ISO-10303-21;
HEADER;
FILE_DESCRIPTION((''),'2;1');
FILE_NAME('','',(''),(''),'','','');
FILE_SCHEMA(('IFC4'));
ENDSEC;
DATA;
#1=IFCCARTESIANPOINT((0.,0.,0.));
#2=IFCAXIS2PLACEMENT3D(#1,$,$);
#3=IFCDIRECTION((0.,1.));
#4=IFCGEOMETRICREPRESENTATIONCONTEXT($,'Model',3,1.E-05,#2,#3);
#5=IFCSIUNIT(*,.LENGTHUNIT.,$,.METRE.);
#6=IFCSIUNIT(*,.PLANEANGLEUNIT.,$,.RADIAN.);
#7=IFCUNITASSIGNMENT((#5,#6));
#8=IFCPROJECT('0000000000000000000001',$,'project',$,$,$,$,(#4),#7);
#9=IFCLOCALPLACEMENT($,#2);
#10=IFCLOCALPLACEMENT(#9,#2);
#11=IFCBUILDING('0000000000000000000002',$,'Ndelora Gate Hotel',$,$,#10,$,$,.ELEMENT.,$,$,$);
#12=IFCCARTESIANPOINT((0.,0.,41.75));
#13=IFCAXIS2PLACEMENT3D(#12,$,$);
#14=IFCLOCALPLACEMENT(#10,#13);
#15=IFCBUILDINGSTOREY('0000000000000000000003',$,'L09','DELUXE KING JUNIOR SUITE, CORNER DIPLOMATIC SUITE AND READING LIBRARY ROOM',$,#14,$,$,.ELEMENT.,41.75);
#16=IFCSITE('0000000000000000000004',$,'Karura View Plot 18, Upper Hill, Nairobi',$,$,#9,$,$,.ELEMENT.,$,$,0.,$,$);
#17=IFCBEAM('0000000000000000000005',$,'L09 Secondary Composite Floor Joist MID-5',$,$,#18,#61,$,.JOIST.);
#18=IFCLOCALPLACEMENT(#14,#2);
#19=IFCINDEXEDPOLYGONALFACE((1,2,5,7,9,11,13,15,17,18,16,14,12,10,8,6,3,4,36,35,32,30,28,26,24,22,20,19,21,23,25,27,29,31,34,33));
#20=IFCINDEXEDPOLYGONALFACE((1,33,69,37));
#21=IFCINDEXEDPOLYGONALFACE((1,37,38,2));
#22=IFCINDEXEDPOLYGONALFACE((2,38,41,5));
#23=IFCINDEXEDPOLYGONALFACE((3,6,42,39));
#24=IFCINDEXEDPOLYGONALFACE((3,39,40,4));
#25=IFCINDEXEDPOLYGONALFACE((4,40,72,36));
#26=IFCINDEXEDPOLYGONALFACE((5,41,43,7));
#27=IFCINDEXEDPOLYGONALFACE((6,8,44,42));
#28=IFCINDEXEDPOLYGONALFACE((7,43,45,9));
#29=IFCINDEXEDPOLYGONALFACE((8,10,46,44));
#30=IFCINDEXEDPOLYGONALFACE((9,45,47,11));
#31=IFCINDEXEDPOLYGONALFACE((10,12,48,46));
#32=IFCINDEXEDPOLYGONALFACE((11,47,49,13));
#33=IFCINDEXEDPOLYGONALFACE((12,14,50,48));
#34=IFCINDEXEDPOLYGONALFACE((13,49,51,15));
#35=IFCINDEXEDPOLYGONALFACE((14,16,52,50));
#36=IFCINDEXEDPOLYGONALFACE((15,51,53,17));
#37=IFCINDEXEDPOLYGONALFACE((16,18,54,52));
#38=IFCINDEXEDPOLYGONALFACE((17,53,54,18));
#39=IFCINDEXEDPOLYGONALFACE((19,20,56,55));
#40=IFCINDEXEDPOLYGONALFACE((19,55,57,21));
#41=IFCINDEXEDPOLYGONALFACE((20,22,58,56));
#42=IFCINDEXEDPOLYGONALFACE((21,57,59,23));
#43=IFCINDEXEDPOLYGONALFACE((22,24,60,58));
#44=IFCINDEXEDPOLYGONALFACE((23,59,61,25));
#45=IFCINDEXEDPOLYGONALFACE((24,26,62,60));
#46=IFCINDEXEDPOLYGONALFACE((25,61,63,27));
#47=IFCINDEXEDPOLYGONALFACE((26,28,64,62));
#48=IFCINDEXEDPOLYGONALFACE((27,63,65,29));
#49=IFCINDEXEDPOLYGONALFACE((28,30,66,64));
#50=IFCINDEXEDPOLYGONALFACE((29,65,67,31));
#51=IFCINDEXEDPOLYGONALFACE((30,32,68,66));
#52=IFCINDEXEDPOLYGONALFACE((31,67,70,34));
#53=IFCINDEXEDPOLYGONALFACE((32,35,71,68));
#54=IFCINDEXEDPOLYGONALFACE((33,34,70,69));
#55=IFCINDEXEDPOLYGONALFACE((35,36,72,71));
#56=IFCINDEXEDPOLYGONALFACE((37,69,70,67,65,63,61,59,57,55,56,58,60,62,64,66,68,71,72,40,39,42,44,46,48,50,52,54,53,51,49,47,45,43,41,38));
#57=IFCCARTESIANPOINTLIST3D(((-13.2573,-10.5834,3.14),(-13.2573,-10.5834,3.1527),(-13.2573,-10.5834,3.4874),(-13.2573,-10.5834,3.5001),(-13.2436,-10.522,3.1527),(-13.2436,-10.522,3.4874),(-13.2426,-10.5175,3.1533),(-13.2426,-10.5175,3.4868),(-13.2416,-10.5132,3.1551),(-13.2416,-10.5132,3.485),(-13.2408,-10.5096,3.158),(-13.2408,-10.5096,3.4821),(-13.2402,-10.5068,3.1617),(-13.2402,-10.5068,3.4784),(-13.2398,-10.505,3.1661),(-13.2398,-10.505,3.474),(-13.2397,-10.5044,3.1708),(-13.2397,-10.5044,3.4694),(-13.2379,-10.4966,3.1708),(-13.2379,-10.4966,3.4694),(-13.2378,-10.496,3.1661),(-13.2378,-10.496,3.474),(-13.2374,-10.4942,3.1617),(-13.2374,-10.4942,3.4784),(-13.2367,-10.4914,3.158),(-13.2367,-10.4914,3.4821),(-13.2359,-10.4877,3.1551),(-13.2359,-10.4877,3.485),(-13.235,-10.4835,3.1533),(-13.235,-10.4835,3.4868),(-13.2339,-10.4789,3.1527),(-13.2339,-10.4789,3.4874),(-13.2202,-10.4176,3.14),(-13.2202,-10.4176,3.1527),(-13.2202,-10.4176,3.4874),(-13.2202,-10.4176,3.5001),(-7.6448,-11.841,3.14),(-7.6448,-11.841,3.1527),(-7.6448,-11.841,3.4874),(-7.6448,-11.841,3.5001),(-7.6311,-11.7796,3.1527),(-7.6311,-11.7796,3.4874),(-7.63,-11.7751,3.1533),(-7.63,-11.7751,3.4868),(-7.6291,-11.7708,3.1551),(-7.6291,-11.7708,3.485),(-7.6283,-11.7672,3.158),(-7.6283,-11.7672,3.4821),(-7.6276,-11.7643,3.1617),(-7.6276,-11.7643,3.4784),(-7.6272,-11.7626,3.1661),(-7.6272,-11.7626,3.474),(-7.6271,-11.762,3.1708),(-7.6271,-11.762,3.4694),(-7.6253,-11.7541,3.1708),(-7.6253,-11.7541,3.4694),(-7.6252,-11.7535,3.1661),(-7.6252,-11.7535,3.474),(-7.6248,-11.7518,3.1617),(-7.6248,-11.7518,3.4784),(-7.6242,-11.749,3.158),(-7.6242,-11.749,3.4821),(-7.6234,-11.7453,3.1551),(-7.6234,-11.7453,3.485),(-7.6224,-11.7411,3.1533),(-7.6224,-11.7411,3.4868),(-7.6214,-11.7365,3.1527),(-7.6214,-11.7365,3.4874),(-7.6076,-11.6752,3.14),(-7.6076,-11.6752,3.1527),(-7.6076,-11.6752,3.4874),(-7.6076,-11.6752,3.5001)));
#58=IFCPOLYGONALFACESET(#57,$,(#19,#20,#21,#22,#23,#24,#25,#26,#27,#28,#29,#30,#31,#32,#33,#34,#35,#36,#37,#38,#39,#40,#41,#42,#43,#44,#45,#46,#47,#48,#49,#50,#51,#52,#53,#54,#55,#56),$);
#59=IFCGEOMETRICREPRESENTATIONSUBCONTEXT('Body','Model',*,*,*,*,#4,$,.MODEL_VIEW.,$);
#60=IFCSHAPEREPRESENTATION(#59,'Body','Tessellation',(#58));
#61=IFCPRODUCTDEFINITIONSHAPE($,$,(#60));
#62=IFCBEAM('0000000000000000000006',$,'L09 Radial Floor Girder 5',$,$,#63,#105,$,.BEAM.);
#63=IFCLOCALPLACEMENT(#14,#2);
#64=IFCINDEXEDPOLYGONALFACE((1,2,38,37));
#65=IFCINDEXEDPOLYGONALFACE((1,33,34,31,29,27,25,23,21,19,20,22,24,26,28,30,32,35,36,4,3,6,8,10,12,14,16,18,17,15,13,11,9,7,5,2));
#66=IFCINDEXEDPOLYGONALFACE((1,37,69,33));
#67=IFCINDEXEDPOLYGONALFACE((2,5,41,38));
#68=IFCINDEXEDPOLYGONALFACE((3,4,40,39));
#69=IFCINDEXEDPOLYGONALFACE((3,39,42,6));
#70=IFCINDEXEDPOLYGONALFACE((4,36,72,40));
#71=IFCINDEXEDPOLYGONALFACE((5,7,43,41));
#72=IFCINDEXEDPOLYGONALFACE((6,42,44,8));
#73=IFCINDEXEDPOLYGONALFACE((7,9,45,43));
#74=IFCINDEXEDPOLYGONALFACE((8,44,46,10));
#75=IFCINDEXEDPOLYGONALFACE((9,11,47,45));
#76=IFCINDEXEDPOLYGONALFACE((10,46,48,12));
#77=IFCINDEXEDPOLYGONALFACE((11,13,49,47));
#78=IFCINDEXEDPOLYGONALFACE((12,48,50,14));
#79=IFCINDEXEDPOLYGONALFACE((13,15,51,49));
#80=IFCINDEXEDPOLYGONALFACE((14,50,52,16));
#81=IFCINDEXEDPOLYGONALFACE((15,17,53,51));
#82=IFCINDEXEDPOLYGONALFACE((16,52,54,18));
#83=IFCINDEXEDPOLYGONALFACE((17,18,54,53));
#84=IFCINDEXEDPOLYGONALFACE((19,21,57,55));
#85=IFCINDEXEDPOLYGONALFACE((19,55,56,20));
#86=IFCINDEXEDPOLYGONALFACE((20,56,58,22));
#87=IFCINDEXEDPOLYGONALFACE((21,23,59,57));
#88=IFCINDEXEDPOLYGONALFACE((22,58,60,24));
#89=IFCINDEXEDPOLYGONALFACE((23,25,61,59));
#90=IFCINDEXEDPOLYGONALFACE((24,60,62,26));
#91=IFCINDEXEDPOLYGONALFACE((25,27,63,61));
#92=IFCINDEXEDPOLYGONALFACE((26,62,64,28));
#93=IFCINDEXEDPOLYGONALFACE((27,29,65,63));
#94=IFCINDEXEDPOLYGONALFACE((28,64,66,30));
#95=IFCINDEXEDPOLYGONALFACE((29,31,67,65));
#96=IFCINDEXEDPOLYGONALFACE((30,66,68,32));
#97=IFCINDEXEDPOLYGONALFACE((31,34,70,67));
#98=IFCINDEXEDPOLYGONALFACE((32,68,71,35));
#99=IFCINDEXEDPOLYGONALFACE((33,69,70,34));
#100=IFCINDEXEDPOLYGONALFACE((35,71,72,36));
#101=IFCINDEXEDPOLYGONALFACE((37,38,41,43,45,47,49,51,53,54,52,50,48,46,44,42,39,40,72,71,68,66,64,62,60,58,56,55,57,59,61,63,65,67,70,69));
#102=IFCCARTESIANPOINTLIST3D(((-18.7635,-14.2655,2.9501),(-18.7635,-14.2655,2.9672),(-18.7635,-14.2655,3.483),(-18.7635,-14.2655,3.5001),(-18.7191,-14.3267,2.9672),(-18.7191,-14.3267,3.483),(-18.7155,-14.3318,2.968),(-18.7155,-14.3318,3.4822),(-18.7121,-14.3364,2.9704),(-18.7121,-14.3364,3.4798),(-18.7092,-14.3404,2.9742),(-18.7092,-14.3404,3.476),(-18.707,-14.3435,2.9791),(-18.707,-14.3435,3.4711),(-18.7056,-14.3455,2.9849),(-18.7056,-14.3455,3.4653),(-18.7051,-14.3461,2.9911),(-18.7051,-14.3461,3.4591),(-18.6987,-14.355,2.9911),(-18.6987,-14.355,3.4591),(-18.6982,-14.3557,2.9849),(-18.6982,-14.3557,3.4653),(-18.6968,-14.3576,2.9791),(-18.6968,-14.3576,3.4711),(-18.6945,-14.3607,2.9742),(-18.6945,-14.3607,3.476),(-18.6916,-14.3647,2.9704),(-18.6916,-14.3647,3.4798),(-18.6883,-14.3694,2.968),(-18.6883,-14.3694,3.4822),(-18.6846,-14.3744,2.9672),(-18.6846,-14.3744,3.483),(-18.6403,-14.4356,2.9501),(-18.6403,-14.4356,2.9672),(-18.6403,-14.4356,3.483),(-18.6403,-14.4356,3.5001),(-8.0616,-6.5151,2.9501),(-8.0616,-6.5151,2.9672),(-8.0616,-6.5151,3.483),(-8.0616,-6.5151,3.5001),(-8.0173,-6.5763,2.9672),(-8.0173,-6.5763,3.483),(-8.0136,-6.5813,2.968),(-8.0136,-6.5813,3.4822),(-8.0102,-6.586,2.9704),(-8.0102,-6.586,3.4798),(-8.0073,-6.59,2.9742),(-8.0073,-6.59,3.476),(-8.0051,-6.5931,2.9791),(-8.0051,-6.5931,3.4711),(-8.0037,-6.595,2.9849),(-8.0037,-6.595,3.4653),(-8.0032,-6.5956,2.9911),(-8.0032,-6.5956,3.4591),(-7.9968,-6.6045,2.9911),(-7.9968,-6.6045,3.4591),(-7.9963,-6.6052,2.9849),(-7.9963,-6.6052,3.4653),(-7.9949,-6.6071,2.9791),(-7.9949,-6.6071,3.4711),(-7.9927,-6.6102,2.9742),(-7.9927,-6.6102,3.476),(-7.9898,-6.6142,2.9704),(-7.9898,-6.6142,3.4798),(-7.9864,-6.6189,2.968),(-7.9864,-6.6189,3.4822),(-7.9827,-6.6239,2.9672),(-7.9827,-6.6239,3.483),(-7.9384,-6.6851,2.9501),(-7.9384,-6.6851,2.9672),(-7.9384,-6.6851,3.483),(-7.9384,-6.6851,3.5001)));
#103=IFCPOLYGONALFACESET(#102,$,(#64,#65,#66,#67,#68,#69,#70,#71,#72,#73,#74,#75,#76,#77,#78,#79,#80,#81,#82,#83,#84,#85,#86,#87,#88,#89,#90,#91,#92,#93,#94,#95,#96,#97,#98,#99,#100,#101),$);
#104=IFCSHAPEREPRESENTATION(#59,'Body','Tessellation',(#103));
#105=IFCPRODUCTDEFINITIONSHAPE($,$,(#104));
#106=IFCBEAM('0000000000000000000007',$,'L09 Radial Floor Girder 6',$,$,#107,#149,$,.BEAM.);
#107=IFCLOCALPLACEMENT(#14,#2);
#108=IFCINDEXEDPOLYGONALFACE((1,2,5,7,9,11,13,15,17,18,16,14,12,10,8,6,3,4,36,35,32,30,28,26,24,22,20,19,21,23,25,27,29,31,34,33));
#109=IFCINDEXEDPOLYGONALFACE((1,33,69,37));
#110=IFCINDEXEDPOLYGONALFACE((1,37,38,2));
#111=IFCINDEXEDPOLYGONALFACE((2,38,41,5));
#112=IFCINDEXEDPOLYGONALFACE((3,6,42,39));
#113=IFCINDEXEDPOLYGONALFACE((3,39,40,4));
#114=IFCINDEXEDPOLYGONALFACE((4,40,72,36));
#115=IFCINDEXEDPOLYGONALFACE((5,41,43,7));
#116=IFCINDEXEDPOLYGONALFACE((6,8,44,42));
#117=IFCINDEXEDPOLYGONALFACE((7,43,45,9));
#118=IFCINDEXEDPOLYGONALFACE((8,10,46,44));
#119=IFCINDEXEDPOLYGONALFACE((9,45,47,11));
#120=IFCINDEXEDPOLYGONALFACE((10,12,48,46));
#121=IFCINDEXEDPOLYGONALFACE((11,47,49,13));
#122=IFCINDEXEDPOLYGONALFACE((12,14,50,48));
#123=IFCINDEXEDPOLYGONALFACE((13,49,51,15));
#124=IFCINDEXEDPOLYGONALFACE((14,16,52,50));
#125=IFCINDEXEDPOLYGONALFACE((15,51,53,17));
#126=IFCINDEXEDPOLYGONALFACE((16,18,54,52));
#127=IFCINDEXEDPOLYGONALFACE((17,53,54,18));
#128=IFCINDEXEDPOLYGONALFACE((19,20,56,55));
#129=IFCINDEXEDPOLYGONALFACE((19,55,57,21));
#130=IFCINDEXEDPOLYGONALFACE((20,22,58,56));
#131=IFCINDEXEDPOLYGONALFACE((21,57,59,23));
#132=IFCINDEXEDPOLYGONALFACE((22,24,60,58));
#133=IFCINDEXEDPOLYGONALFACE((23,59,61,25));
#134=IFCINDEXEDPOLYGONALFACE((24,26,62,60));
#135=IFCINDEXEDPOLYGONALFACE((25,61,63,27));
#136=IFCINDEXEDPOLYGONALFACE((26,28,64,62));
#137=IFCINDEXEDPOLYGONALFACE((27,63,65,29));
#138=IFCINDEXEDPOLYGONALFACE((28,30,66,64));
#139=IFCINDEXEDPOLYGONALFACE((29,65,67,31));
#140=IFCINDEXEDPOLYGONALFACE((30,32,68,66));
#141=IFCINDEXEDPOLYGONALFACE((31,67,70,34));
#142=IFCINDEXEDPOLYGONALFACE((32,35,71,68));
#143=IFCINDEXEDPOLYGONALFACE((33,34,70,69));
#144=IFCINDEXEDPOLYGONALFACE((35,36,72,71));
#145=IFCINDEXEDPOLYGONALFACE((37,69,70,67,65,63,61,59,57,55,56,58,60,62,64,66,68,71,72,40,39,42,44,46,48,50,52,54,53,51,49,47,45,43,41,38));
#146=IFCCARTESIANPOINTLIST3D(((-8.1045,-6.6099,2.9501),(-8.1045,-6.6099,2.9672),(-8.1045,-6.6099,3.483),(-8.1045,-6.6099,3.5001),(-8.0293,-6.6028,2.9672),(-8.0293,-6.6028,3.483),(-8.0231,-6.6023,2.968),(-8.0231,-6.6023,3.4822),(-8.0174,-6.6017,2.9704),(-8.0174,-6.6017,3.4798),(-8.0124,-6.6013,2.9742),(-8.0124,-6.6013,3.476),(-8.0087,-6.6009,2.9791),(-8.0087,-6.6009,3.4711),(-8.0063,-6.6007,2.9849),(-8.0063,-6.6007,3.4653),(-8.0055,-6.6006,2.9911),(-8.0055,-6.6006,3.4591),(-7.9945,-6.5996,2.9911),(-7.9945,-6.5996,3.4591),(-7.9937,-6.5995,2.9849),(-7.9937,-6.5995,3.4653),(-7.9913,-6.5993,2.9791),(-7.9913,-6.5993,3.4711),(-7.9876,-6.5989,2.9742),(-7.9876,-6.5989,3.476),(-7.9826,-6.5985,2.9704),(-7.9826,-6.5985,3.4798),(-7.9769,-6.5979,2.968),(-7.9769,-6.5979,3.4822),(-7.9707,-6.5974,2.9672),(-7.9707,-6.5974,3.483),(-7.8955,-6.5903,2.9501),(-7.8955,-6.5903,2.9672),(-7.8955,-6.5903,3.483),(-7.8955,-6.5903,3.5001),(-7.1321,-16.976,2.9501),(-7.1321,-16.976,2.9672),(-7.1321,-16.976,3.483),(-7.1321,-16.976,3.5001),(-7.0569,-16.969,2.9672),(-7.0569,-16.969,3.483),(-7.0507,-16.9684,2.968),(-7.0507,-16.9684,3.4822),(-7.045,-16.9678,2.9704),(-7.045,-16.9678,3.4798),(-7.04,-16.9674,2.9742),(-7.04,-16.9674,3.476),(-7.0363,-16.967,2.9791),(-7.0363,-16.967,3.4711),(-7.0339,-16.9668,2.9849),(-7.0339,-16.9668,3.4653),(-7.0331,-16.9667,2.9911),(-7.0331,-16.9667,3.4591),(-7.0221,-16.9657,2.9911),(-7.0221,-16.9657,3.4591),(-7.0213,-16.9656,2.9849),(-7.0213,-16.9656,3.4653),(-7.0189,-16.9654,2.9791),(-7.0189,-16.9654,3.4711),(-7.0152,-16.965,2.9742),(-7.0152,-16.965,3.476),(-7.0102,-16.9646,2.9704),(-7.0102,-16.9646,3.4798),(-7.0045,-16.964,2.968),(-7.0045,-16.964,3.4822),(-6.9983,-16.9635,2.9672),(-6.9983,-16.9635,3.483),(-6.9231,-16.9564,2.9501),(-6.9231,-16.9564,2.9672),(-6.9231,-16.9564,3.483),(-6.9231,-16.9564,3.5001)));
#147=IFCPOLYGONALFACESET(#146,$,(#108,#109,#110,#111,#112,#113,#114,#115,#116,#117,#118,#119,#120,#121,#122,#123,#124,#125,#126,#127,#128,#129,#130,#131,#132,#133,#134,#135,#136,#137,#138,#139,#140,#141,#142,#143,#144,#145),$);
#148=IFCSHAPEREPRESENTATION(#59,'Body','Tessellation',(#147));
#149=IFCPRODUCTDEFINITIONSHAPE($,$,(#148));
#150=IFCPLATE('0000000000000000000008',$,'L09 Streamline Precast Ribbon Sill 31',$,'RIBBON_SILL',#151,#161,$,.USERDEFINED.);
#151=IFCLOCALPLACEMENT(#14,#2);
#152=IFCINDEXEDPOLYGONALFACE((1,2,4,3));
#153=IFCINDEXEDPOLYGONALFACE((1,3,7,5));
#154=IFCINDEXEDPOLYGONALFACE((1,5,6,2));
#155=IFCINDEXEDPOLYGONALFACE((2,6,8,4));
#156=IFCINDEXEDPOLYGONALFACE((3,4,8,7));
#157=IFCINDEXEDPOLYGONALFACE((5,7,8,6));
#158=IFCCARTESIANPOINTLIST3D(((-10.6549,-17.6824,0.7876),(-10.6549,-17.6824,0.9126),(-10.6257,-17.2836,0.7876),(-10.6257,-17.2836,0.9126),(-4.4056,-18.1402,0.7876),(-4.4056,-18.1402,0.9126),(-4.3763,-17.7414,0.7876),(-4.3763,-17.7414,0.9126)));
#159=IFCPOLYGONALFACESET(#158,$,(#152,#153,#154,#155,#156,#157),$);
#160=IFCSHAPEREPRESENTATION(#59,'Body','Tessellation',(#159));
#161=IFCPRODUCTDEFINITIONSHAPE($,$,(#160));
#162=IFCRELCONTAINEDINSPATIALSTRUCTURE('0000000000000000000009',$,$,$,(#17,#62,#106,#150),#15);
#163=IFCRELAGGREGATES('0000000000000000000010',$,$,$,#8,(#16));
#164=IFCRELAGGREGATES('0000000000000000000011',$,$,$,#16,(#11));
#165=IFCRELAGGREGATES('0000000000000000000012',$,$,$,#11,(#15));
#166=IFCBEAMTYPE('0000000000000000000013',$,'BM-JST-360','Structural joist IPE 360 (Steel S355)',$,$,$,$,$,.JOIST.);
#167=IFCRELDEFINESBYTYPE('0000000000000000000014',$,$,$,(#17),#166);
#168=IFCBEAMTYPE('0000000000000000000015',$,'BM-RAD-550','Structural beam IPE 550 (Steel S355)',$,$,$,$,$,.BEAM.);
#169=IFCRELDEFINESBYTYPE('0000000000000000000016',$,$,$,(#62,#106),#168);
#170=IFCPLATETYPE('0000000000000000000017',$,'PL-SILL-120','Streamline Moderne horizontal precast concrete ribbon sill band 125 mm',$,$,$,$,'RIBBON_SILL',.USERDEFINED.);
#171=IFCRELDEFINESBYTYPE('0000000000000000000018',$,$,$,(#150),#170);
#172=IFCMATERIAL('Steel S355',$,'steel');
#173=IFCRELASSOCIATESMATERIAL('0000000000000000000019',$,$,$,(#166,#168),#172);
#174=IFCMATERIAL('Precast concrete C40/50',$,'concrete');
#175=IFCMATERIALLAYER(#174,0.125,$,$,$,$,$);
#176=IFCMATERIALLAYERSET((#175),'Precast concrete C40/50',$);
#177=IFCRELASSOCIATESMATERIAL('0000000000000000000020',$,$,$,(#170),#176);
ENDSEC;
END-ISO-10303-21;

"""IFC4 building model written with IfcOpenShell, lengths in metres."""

from ifc_helpers import new_model, si_unit, direction, frame, origin, origin_2d, place, context, subcontext, project, spatial, rectangle, i_section, extrude, material, layer, layer_set, material_profile, profile_set, type_object, element, save


model = new_model("IFC4")

# Units and contexts
model_context = context("Model", 3, precision=1e-05, world=origin(), true_north=direction((0.0, 1.0)))
body_context = subcontext(model_context, "Body", "Model", "MODEL_VIEW")
ifc_project = project(units=[si_unit("LENGTHUNIT", "METRE"), si_unit("PLANEANGLEUNIT", "RADIAN")], contexts=[model_context])

# Site, building, storey
site_placement = place(None, origin())
site = spatial("IfcSite", under=ifc_project, at=site_placement, Name="Karura View Plot 18, Upper Hill, Nairobi", CompositionType="ELEMENT", RefElevation=0.0)
building_placement = place(site_placement, origin())
building = spatial("IfcBuilding", under=site, at=building_placement, Name="Ndelora Gate Hotel", CompositionType="ELEMENT")
storey_placement = place(building_placement, frame((0.0, 0.0, 41.75)))
storey = spatial("IfcBuildingStorey", under=building, at=storey_placement, Name="L09", Description="DELUXE KING JUNIOR SUITE, CORNER DIPLOMATIC SUITE AND READING LIBRARY ROOM", CompositionType="ELEMENT", Elevation=41.75)

# Beams
ifc_material_1 = material(Name="Steel S355", Category="steel")
ifc_material_profile_1 = material_profile(ifc_material_1, i_section(OverallWidth=0.1699, OverallDepth=0.3601, WebThickness=0.0081, FlangeThickness=0.0127, FilletRadius=0.0181, at=origin_2d()), Name="IPE 360")
ifc_profile_set_1 = profile_set([ifc_material_profile_1], Name="Steel S355")
beam_type_1 = type_object("IfcBeamType", Name="BM-JST-360", Description="Structural joist IPE 360 (Steel S355)", PredefinedType="JOIST", material=ifc_profile_set_1)
beam_1_placement = place(storey_placement, frame((-13.2388, -10.5005, 3.3201), z_axis=(0.975805, -0.218642, 0.0), x_axis=(0.218642, 0.975805, 0.0)))
element("IfcBeam", 1, at=beam_1_placement, inside=storey, type_object=beam_type_1, Name="L09 Secondary Composite Floor Joist MID-5", PredefinedType="JOIST", context=body_context, shape_type="SweptSolid", body=[
    extrude(i_section(OverallWidth=0.1699, OverallDepth=0.3601, WebThickness=0.0081, FlangeThickness=0.0127, FilletRadius=0.0181, at=origin_2d()), origin(), (0.0, 0.0, 1.0), 5.7517),
])
ifc_material_profile_2 = material_profile(ifc_material_1, i_section(OverallWidth=0.21, OverallDepth=0.55, WebThickness=0.011, FlangeThickness=0.0171, FilletRadius=0.0239, at=origin_2d()), Name="IPE 550")
ifc_profile_set_2 = profile_set([ifc_material_profile_2], Name="Steel S355")
beam_type_2 = type_object("IfcBeamType", Name="BM-RAD-550", Description="Structural beam IPE 550 (Steel S355)", PredefinedType="BEAM", material=ifc_profile_set_2)
beam_2_placement = place(storey_placement, frame((-8.0, -6.6001, 3.2251), z_axis=(-0.809912, -0.586551, 0.0), x_axis=(0.586551, -0.809912, 0.0)))
element("IfcBeam", 2, at=beam_2_placement, inside=storey, type_object=beam_type_2, Name="L09 Radial Floor Girder 5", PredefinedType="BEAM", context=body_context, shape_type="SweptSolid", body=[
    extrude(i_section(OverallWidth=0.21, OverallDepth=0.55, WebThickness=0.011, FlangeThickness=0.0171, FilletRadius=0.0239, at=origin_2d()), origin(), (0.0, 0.0, 1.0), 13.2136),
])
beam_3_placement = place(storey_placement, frame((-8.0, -6.6001, 3.2251), z_axis=(0.093396, -0.995629, 0.0), x_axis=(0.995629, 0.093396, 0.0)))
element("IfcBeam", 3, at=beam_3_placement, inside=storey, type_object=beam_type_2, Name="L09 Radial Floor Girder 6", PredefinedType="BEAM", context=body_context, shape_type="SweptSolid", body=[
    extrude(i_section(OverallWidth=0.21, OverallDepth=0.55, WebThickness=0.011, FlangeThickness=0.0171, FilletRadius=0.0239, at=origin_2d()), origin(), (0.0, 0.0, 1.0), 10.4116),
])

# Plate
ifc_material_2 = material(Name="Precast concrete C40/50", Category="concrete")
ifc_layer_1 = layer(ifc_material_2, 0.125)
ifc_layer_set_1 = layer_set([ifc_layer_1], Name="Precast concrete C40/50")
plate_type = type_object("IfcPlateType", Name="PL-SILL-120", Description="Streamline Moderne horizontal precast concrete ribbon sill band 125 mm", ElementType="RIBBON_SILL", PredefinedType="USERDEFINED", material=ifc_layer_set_1)
plate_placement = place(storey_placement, frame((-7.5156, -17.7119, 0.7876), z_axis=(0.0, 0.0, 1.0), x_axis=(-0.997327, 0.073064, 0.0)))
element("IfcPlate", 4, at=plate_placement, inside=storey, type_object=plate_type, Name="L09 Streamline Precast Ribbon Sill 31", ObjectType="RIBBON_SILL", PredefinedType="USERDEFINED", context=body_context, shape_type="SweptSolid", body=[
    extrude(rectangle(XDim=6.2661, YDim=0.3999, at=origin_2d()), origin(), (0.0, 0.0, 1.0), 0.125),
])

save(model, "model.ifc")
